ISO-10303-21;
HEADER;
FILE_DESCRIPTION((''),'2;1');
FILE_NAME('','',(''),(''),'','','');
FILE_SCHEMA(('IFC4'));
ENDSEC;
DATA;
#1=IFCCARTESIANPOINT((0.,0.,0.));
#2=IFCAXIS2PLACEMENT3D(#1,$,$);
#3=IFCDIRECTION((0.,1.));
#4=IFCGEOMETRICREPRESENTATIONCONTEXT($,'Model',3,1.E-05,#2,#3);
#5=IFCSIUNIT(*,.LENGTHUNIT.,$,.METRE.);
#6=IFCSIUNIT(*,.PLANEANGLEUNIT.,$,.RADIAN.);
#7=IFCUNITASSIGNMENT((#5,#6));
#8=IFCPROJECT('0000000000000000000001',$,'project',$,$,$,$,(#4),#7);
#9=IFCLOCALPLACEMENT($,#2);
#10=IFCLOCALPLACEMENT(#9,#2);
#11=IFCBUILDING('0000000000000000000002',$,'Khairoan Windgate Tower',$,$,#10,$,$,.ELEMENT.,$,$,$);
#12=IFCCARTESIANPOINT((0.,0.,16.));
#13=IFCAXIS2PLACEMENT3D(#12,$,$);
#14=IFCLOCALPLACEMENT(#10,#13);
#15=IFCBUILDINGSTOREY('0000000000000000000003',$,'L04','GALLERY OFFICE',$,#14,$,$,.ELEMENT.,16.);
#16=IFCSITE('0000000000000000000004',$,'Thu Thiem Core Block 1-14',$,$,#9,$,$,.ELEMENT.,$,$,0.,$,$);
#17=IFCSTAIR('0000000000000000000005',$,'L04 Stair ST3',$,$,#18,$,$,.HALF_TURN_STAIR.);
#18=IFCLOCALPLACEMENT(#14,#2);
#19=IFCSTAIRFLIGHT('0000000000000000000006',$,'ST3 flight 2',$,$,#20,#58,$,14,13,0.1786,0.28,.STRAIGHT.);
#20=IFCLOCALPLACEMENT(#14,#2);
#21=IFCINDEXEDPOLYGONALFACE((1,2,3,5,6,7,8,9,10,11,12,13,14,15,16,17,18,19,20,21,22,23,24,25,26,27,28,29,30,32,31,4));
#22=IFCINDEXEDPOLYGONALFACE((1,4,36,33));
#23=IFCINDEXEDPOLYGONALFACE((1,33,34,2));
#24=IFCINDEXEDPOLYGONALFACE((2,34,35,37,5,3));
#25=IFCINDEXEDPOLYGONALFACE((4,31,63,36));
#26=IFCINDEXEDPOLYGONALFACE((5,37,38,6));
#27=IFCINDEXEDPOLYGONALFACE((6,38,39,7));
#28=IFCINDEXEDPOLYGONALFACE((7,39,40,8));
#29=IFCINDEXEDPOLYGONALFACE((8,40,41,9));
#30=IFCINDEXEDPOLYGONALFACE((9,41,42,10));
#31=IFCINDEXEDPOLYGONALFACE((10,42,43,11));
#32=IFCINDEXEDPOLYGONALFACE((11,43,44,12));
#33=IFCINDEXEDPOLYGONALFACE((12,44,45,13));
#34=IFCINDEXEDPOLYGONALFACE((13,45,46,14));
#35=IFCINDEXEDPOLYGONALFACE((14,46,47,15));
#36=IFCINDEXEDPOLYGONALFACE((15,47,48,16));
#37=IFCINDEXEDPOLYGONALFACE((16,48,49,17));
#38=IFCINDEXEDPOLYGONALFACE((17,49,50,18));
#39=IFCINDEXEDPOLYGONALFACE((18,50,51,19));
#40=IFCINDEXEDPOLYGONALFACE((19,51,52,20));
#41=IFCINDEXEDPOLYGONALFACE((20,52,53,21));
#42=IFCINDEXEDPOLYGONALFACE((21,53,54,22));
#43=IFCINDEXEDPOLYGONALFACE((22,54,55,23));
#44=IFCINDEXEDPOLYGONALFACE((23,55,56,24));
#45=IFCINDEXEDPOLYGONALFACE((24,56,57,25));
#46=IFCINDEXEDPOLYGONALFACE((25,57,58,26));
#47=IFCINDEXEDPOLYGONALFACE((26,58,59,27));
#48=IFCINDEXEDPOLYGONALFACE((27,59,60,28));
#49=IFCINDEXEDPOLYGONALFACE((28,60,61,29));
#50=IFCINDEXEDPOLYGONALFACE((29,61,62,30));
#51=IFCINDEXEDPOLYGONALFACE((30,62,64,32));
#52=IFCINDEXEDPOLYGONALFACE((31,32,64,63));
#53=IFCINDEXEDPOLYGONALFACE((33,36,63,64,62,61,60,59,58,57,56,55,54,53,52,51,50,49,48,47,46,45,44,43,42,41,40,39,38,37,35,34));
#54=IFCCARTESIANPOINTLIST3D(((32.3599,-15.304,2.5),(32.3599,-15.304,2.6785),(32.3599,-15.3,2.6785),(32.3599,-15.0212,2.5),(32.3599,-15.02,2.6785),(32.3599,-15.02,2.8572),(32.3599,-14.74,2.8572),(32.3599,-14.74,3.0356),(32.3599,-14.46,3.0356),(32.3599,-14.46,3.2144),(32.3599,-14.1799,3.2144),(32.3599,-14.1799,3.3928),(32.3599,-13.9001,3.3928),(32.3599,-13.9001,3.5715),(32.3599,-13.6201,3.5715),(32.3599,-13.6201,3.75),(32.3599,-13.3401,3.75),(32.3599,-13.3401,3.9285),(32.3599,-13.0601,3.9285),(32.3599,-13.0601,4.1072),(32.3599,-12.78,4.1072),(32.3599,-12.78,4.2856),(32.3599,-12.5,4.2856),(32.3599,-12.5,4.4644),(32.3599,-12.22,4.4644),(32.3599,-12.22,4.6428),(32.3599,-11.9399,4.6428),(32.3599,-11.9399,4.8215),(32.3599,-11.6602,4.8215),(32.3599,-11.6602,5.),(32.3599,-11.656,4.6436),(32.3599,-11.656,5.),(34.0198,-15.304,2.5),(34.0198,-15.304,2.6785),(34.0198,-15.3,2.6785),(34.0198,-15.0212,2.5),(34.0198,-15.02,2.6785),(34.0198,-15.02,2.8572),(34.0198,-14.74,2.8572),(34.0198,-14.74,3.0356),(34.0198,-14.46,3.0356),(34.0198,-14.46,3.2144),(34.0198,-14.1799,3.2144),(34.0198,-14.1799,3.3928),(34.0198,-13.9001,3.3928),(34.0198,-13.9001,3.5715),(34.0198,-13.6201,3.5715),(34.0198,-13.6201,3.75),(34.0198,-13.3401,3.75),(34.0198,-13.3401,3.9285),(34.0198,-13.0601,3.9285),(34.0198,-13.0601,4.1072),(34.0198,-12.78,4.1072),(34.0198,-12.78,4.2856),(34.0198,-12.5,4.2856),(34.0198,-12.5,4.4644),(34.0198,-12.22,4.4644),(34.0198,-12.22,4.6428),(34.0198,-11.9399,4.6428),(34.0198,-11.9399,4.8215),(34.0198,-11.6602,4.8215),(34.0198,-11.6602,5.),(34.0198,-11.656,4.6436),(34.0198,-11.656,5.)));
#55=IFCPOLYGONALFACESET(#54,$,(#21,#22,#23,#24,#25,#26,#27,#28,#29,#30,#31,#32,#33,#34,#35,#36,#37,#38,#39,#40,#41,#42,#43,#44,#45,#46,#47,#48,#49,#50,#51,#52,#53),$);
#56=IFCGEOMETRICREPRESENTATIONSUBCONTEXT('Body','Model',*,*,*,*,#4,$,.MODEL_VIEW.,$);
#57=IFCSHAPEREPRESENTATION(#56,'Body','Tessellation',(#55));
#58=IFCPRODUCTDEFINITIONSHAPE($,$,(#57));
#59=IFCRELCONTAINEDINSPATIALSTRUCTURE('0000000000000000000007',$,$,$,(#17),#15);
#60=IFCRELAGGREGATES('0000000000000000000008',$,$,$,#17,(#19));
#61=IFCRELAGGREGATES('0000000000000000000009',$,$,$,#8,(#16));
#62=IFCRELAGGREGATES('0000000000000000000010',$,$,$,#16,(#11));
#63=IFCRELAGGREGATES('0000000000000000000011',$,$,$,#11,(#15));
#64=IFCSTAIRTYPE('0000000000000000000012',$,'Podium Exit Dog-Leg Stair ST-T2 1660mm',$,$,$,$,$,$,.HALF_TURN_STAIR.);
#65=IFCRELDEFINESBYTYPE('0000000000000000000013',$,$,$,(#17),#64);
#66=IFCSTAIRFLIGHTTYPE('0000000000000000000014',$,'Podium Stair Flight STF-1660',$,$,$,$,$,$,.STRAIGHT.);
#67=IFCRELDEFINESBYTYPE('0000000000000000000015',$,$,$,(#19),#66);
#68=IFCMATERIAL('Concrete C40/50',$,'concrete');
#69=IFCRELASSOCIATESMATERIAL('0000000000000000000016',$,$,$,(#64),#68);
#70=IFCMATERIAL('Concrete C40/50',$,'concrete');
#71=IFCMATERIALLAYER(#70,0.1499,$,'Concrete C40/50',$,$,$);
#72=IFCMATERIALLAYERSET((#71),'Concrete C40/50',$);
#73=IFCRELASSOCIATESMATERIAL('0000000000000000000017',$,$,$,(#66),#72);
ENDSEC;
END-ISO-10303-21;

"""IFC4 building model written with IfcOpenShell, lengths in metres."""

from ifc_helpers import new_model, si_unit, direction, frame, origin, place, context, subcontext, project, spatial, polyline, outline, extrude, material, layer, layer_set, type_object, element, aggregate, save


model = new_model("IFC4")

# Units and contexts
model_context = context("Model", 3, precision=1e-05, world=origin(), true_north=direction((0.0, 1.0)))
body_context = subcontext(model_context, "Body", "Model", "MODEL_VIEW")
ifc_project = project(units=[si_unit("LENGTHUNIT", "METRE"), si_unit("PLANEANGLEUNIT", "RADIAN")], contexts=[model_context])

# Site, building, storey
site_placement = place(None, origin())
site = spatial("IfcSite", under=ifc_project, at=site_placement, Name="Thu Thiem Core Block 1-14", CompositionType="ELEMENT", RefElevation=0.0)
building_placement = place(site_placement, origin())
building = spatial("IfcBuilding", under=site, at=building_placement, Name="Khairoan Windgate Tower", CompositionType="ELEMENT")
storey_placement = place(building_placement, frame((0.0, 0.0, 16.0)))
storey = spatial("IfcBuildingStorey", under=building, at=storey_placement, Name="L04", Description="GALLERY OFFICE", CompositionType="ELEMENT", Elevation=16.0)

# Stair, stair flight
ifc_material_1 = material(Name="Concrete C40/50", Category="concrete")
stair_type = type_object("IfcStairType", Name="Podium Exit Dog-Leg Stair ST-T2 1660mm", PredefinedType="HALF_TURN_STAIR", material=ifc_material_1)
stair_placement = place(storey_placement, origin())
stair = element("IfcStair", 1, at=stair_placement, inside=storey, type_object=stair_type, Name="L04 Stair ST3", PredefinedType="HALF_TURN_STAIR")
ifc_material_2 = material(Name="Concrete C40/50", Category="concrete")
ifc_layer_1 = layer(ifc_material_2, 0.1499, Name="Concrete C40/50")
ifc_layer_set_1 = layer_set([ifc_layer_1], Name="Concrete C40/50")
stair_flight_type = type_object("IfcStairFlightType", Name="Podium Stair Flight STF-1660", PredefinedType="STRAIGHT", material=ifc_layer_set_1)
stair_flight_1_placement = place(storey_placement, frame((33.1899, -15.3, 2.5), z_axis=(0.0, 0.0, 1.0), x_axis=(0.0, 1.0, 0.0)))
stair_flight_1 = element("IfcStairFlight", 2, at=stair_flight_1_placement, type_object=stair_flight_type, Name="ST3 flight 2", NumberOfRisers=14, NumberOfTreads=13, PredefinedType="STRAIGHT", RiserHeight=0.1786, TreadLength=0.28, context=body_context, shape_type="SweptSolid", body=[
    extrude(outline(polyline([(-0.0039, 0.0), (-0.0039, 0.1785), (0.0, 0.1785), (0.28, 0.1785), (0.28, 0.3572), (0.5601, 0.3572), (0.5601, 0.5356), (0.8401, 0.5356), (0.8401, 0.7144), (1.1201, 0.7144), (1.1201, 0.8928), (1.3999, 0.8928), (1.3999, 1.0715), (1.6799, 1.0715), (1.6799, 1.25), (1.96, 1.25), (1.96, 1.4285), (2.24, 1.4285), (2.24, 1.6072), (2.52, 1.6072), (2.52, 1.7856), (2.8, 1.7856), (2.8, 1.9644), (3.0801, 1.9644), (3.0801, 2.1428), (3.3601, 2.1428), (3.3601, 2.3215), (3.6399, 2.3215), (3.6399, 2.5), (3.644, 2.5), (3.644, 2.1436), (0.2788, 0.0), (-0.0039, 0.0)])), frame((0.0, 0.8301, 0.0), z_axis=(0.0, -1.0, 0.0), x_axis=(1.0, 0.0, 0.0)), (0.0, 0.0, 1.0), 1.6599),
])
aggregate(stair, [stair_flight_1])

save(model, "model.ifc")
